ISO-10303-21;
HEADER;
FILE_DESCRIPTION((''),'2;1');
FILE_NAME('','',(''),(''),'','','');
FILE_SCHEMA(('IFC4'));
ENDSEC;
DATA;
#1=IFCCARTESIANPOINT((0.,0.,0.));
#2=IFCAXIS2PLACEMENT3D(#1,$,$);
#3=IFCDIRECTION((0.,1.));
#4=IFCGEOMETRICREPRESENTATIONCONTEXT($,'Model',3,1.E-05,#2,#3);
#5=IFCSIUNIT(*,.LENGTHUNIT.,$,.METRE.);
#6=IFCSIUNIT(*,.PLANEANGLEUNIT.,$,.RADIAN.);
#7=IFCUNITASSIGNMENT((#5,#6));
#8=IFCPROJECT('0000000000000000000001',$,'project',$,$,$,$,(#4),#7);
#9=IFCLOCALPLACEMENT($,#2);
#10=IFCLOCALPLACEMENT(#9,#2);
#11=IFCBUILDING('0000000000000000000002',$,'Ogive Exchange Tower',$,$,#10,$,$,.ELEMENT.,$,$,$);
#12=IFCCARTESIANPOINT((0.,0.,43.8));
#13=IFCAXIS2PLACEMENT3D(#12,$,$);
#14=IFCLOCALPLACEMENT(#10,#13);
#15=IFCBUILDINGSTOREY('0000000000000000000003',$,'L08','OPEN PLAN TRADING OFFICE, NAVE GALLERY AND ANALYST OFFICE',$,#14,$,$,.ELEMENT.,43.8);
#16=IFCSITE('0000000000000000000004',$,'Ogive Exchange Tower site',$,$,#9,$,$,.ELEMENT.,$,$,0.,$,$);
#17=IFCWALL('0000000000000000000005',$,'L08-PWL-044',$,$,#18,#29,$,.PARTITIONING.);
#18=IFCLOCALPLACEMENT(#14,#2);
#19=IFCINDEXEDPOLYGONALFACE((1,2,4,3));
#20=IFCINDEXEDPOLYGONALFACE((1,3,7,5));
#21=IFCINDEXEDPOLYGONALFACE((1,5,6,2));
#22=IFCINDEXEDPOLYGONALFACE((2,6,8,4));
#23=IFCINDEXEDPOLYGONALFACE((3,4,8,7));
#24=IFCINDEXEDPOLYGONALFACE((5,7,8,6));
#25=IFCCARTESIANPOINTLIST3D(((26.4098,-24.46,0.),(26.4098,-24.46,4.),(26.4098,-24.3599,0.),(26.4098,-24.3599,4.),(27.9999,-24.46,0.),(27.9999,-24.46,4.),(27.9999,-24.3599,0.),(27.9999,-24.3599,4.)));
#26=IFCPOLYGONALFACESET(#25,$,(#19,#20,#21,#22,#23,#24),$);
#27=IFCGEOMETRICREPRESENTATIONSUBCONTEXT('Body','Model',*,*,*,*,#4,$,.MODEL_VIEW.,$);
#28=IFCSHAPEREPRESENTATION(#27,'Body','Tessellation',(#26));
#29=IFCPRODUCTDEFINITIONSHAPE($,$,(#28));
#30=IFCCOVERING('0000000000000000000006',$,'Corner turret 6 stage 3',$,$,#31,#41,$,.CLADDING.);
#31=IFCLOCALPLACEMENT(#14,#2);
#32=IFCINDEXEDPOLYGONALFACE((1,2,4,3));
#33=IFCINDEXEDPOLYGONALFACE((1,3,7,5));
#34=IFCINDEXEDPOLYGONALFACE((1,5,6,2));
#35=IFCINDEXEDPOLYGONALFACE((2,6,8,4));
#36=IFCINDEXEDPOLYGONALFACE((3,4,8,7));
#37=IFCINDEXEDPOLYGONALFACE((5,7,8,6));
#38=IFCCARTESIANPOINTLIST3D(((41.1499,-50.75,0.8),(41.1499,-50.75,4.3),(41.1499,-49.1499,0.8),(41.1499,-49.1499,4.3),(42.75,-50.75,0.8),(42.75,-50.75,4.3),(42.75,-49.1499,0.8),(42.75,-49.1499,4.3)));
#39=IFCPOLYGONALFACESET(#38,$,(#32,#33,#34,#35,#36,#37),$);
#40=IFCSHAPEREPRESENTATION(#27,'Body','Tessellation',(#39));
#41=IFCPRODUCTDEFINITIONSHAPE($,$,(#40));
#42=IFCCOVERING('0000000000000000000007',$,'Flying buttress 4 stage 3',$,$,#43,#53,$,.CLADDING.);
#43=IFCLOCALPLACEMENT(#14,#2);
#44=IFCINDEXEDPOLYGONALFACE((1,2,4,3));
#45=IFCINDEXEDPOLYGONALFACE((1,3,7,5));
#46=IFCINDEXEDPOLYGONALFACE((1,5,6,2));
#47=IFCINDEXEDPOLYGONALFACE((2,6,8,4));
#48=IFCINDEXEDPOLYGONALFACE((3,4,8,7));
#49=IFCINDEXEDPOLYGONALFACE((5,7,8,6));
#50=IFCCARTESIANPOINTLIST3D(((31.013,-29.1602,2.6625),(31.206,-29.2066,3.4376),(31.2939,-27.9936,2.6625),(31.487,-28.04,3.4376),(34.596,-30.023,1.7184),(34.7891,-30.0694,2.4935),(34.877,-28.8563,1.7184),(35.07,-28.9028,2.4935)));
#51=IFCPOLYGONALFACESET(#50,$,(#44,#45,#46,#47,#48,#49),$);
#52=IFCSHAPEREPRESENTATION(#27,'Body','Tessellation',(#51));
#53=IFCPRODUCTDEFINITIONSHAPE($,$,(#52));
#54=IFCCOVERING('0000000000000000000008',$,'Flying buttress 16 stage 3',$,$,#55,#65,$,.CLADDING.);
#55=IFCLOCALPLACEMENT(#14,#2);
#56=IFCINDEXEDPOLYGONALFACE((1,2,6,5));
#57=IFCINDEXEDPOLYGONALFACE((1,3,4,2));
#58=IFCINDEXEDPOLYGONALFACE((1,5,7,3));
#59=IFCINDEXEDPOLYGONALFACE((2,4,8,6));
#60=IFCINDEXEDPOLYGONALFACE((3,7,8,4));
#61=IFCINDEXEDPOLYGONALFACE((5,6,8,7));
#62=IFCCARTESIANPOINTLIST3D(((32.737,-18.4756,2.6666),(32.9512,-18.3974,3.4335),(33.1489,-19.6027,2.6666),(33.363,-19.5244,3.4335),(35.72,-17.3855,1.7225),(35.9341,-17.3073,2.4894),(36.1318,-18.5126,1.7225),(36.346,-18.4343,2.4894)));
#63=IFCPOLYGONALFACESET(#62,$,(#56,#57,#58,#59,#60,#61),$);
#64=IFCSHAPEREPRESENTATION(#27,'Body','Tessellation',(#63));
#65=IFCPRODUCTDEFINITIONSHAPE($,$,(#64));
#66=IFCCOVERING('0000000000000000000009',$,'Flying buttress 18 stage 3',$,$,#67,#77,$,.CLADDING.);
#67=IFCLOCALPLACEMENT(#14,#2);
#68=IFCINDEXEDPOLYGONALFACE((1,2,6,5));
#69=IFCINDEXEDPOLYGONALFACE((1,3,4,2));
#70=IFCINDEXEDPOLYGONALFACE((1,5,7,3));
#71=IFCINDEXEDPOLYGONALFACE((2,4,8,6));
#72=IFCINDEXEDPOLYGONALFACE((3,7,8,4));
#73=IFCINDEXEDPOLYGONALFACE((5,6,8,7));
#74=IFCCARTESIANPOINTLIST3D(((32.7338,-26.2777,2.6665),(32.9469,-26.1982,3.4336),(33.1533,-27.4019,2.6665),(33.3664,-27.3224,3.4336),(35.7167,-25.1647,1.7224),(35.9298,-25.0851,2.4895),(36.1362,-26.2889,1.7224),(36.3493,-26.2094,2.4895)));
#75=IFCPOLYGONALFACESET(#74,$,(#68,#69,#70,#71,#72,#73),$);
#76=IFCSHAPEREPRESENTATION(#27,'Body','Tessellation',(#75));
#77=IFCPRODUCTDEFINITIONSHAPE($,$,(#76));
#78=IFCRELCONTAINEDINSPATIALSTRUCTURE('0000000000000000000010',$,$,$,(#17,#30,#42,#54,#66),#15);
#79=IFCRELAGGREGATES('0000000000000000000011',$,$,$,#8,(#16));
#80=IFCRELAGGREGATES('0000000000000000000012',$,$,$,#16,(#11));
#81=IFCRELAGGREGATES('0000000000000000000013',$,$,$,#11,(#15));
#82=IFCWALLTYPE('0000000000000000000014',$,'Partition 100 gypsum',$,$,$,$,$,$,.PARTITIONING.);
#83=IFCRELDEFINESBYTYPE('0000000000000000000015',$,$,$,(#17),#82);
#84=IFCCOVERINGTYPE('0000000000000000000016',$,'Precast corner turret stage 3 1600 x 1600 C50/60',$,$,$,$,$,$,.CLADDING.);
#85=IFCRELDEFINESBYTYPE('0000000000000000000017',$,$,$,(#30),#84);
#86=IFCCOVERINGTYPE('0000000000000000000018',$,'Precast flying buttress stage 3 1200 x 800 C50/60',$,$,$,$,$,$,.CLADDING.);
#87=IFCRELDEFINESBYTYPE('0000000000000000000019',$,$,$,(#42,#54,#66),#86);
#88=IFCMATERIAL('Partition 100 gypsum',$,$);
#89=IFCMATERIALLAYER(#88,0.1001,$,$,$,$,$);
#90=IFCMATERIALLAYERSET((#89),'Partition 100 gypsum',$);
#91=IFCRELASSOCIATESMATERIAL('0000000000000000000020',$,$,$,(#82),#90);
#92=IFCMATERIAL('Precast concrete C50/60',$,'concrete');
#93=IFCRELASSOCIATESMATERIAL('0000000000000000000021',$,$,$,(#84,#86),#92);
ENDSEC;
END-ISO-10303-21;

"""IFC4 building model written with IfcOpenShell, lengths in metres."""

from ifc_helpers import new_model, si_unit, direction, frame, frame_2d, origin, origin_2d, place, context, subcontext, project, spatial, rectangle, extrude, material, layer, layer_set, material_profile, profile_set, type_object, element, save


model = new_model("IFC4")

# Units and contexts
model_context = context("Model", 3, precision=1e-05, world=origin(), true_north=direction((0.0, 1.0)))
body_context = subcontext(model_context, "Body", "Model", "MODEL_VIEW")
ifc_project = project(units=[si_unit("LENGTHUNIT", "METRE"), si_unit("PLANEANGLEUNIT", "RADIAN")], contexts=[model_context])

# Site, building, storey
site_placement = place(None, origin())
site = spatial("IfcSite", under=ifc_project, at=site_placement, Name="Ogive Exchange Tower site", CompositionType="ELEMENT", RefElevation=0.0)
building_placement = place(site_placement, origin())
building = spatial("IfcBuilding", under=site, at=building_placement, Name="Ogive Exchange Tower", CompositionType="ELEMENT")
storey_placement = place(building_placement, frame((0.0, 0.0, 43.8)))
storey = spatial("IfcBuildingStorey", under=building, at=storey_placement, Name="L08", Description="OPEN PLAN TRADING OFFICE, NAVE GALLERY AND ANALYST OFFICE", CompositionType="ELEMENT", Elevation=43.8)

# Wall
ifc_material_1 = material(Name="Partition 100 gypsum")
ifc_layer_1 = layer(ifc_material_1, 0.1001)
ifc_layer_set_1 = layer_set([ifc_layer_1], Name="Partition 100 gypsum")
wall_type_1 = type_object("IfcWallType", Name="Partition 100 gypsum", PredefinedType="PARTITIONING", material=ifc_layer_set_1)
wall_1_placement = place(storey_placement, frame((26.4099, -24.4099, 0.0), z_axis=(0.0, 0.0, 1.0), x_axis=(1.0, 0.0, 0.0)))
element("IfcWall", 1, at=wall_1_placement, inside=storey, type_object=wall_type_1, Name="L08-PWL-044", PredefinedType="PARTITIONING", context=body_context, shape_type="SweptSolid", body=[
    extrude(rectangle(XDim=1.5901, YDim=0.1001, at=frame_2d((0.7949, 0.0))), origin(), (0.0, 0.0, 1.0), 4.0),
])

# Coverings
ifc_material_2 = material(Name="Precast concrete C50/60", Category="concrete")
ifc_material_profile_1 = material_profile(ifc_material_2, rectangle(XDim=1.6001, YDim=1.6001, at=origin_2d()), Name="CORNER TURRET 3 1600 x 1600")
ifc_profile_set_1 = profile_set([ifc_material_profile_1], Name="Precast concrete C50/60")
covering_type_1 = type_object("IfcCoveringType", Name="Precast corner turret stage 3 1600 x 1600 C50/60", PredefinedType="CLADDING", material=ifc_profile_set_1)
covering_1_placement = place(storey_placement, frame((41.95, -49.95, 0.8), z_axis=(0.0, 0.0, 1.0), x_axis=(1.0, 0.0, 0.0)))
element("IfcCovering", 2, at=covering_1_placement, inside=storey, type_object=covering_type_1, Name="Corner turret 6 stage 3", PredefinedType="CLADDING", context=body_context, shape_type="SweptSolid", body=[
    extrude(rectangle(XDim=1.6001, YDim=1.6001, at=origin_2d()), origin(), (0.0, 0.0, 1.0), 3.5),
])
ifc_material_profile_2 = material_profile(ifc_material_2, rectangle(XDim=1.2, YDim=0.8, at=origin_2d()), Name="FLYING BUTTRESS 3 1200 x 800")
ifc_profile_set_2 = profile_set([ifc_material_profile_2], Name="Precast concrete C50/60")
covering_type_2 = type_object("IfcCoveringType", Name="Precast flying buttress stage 3 1200 x 800 C50/60", PredefinedType="CLADDING", material=ifc_profile_set_2)
covering_2_placement = place(storey_placement, frame((34.833, -29.4629, 2.106), z_axis=(-0.9418, 0.226787, 0.248156), x_axis=(-0.234109, -0.97221, 0.0)))
element("IfcCovering", 3, at=covering_2_placement, inside=storey, type_object=covering_type_2, Name="Flying buttress 4 stage 3", PredefinedType="CLADDING", context=body_context, shape_type="SweptSolid", body=[
    extrude(rectangle(XDim=1.2, YDim=0.8, at=origin_2d()), origin(), (0.0, 0.0, 1.0), 3.8044),
])
covering_3_placement = place(storey_placement, frame((36.033, -17.9099, 2.106), z_axis=(-0.900308, -0.329013, 0.284948), x_axis=(0.343243, -0.939247, 0.0)))
element("IfcCovering", 4, at=covering_3_placement, inside=storey, type_object=covering_type_2, Name="Flying buttress 16 stage 3", PredefinedType="CLADDING", context=body_context, shape_type="SweptSolid", body=[
    extrude(rectangle(XDim=1.2, YDim=0.8, at=origin_2d()), origin(), (0.0, 0.0, 1.0), 3.3132),
])
covering_4_placement = place(storey_placement, frame((36.033, -25.687, 2.106), z_axis=(-0.898242, -0.335168, 0.284294), x_axis=(0.349594, -0.936901, 0.0)))
element("IfcCovering", 5, at=covering_4_placement, inside=storey, type_object=covering_type_2, Name="Flying buttress 18 stage 3", PredefinedType="CLADDING", context=body_context, shape_type="SweptSolid", body=[
    extrude(rectangle(XDim=1.2, YDim=0.8, at=origin_2d()), origin(), (0.0, 0.0, 1.0), 3.3208),
])

save(model, "model.ifc")
